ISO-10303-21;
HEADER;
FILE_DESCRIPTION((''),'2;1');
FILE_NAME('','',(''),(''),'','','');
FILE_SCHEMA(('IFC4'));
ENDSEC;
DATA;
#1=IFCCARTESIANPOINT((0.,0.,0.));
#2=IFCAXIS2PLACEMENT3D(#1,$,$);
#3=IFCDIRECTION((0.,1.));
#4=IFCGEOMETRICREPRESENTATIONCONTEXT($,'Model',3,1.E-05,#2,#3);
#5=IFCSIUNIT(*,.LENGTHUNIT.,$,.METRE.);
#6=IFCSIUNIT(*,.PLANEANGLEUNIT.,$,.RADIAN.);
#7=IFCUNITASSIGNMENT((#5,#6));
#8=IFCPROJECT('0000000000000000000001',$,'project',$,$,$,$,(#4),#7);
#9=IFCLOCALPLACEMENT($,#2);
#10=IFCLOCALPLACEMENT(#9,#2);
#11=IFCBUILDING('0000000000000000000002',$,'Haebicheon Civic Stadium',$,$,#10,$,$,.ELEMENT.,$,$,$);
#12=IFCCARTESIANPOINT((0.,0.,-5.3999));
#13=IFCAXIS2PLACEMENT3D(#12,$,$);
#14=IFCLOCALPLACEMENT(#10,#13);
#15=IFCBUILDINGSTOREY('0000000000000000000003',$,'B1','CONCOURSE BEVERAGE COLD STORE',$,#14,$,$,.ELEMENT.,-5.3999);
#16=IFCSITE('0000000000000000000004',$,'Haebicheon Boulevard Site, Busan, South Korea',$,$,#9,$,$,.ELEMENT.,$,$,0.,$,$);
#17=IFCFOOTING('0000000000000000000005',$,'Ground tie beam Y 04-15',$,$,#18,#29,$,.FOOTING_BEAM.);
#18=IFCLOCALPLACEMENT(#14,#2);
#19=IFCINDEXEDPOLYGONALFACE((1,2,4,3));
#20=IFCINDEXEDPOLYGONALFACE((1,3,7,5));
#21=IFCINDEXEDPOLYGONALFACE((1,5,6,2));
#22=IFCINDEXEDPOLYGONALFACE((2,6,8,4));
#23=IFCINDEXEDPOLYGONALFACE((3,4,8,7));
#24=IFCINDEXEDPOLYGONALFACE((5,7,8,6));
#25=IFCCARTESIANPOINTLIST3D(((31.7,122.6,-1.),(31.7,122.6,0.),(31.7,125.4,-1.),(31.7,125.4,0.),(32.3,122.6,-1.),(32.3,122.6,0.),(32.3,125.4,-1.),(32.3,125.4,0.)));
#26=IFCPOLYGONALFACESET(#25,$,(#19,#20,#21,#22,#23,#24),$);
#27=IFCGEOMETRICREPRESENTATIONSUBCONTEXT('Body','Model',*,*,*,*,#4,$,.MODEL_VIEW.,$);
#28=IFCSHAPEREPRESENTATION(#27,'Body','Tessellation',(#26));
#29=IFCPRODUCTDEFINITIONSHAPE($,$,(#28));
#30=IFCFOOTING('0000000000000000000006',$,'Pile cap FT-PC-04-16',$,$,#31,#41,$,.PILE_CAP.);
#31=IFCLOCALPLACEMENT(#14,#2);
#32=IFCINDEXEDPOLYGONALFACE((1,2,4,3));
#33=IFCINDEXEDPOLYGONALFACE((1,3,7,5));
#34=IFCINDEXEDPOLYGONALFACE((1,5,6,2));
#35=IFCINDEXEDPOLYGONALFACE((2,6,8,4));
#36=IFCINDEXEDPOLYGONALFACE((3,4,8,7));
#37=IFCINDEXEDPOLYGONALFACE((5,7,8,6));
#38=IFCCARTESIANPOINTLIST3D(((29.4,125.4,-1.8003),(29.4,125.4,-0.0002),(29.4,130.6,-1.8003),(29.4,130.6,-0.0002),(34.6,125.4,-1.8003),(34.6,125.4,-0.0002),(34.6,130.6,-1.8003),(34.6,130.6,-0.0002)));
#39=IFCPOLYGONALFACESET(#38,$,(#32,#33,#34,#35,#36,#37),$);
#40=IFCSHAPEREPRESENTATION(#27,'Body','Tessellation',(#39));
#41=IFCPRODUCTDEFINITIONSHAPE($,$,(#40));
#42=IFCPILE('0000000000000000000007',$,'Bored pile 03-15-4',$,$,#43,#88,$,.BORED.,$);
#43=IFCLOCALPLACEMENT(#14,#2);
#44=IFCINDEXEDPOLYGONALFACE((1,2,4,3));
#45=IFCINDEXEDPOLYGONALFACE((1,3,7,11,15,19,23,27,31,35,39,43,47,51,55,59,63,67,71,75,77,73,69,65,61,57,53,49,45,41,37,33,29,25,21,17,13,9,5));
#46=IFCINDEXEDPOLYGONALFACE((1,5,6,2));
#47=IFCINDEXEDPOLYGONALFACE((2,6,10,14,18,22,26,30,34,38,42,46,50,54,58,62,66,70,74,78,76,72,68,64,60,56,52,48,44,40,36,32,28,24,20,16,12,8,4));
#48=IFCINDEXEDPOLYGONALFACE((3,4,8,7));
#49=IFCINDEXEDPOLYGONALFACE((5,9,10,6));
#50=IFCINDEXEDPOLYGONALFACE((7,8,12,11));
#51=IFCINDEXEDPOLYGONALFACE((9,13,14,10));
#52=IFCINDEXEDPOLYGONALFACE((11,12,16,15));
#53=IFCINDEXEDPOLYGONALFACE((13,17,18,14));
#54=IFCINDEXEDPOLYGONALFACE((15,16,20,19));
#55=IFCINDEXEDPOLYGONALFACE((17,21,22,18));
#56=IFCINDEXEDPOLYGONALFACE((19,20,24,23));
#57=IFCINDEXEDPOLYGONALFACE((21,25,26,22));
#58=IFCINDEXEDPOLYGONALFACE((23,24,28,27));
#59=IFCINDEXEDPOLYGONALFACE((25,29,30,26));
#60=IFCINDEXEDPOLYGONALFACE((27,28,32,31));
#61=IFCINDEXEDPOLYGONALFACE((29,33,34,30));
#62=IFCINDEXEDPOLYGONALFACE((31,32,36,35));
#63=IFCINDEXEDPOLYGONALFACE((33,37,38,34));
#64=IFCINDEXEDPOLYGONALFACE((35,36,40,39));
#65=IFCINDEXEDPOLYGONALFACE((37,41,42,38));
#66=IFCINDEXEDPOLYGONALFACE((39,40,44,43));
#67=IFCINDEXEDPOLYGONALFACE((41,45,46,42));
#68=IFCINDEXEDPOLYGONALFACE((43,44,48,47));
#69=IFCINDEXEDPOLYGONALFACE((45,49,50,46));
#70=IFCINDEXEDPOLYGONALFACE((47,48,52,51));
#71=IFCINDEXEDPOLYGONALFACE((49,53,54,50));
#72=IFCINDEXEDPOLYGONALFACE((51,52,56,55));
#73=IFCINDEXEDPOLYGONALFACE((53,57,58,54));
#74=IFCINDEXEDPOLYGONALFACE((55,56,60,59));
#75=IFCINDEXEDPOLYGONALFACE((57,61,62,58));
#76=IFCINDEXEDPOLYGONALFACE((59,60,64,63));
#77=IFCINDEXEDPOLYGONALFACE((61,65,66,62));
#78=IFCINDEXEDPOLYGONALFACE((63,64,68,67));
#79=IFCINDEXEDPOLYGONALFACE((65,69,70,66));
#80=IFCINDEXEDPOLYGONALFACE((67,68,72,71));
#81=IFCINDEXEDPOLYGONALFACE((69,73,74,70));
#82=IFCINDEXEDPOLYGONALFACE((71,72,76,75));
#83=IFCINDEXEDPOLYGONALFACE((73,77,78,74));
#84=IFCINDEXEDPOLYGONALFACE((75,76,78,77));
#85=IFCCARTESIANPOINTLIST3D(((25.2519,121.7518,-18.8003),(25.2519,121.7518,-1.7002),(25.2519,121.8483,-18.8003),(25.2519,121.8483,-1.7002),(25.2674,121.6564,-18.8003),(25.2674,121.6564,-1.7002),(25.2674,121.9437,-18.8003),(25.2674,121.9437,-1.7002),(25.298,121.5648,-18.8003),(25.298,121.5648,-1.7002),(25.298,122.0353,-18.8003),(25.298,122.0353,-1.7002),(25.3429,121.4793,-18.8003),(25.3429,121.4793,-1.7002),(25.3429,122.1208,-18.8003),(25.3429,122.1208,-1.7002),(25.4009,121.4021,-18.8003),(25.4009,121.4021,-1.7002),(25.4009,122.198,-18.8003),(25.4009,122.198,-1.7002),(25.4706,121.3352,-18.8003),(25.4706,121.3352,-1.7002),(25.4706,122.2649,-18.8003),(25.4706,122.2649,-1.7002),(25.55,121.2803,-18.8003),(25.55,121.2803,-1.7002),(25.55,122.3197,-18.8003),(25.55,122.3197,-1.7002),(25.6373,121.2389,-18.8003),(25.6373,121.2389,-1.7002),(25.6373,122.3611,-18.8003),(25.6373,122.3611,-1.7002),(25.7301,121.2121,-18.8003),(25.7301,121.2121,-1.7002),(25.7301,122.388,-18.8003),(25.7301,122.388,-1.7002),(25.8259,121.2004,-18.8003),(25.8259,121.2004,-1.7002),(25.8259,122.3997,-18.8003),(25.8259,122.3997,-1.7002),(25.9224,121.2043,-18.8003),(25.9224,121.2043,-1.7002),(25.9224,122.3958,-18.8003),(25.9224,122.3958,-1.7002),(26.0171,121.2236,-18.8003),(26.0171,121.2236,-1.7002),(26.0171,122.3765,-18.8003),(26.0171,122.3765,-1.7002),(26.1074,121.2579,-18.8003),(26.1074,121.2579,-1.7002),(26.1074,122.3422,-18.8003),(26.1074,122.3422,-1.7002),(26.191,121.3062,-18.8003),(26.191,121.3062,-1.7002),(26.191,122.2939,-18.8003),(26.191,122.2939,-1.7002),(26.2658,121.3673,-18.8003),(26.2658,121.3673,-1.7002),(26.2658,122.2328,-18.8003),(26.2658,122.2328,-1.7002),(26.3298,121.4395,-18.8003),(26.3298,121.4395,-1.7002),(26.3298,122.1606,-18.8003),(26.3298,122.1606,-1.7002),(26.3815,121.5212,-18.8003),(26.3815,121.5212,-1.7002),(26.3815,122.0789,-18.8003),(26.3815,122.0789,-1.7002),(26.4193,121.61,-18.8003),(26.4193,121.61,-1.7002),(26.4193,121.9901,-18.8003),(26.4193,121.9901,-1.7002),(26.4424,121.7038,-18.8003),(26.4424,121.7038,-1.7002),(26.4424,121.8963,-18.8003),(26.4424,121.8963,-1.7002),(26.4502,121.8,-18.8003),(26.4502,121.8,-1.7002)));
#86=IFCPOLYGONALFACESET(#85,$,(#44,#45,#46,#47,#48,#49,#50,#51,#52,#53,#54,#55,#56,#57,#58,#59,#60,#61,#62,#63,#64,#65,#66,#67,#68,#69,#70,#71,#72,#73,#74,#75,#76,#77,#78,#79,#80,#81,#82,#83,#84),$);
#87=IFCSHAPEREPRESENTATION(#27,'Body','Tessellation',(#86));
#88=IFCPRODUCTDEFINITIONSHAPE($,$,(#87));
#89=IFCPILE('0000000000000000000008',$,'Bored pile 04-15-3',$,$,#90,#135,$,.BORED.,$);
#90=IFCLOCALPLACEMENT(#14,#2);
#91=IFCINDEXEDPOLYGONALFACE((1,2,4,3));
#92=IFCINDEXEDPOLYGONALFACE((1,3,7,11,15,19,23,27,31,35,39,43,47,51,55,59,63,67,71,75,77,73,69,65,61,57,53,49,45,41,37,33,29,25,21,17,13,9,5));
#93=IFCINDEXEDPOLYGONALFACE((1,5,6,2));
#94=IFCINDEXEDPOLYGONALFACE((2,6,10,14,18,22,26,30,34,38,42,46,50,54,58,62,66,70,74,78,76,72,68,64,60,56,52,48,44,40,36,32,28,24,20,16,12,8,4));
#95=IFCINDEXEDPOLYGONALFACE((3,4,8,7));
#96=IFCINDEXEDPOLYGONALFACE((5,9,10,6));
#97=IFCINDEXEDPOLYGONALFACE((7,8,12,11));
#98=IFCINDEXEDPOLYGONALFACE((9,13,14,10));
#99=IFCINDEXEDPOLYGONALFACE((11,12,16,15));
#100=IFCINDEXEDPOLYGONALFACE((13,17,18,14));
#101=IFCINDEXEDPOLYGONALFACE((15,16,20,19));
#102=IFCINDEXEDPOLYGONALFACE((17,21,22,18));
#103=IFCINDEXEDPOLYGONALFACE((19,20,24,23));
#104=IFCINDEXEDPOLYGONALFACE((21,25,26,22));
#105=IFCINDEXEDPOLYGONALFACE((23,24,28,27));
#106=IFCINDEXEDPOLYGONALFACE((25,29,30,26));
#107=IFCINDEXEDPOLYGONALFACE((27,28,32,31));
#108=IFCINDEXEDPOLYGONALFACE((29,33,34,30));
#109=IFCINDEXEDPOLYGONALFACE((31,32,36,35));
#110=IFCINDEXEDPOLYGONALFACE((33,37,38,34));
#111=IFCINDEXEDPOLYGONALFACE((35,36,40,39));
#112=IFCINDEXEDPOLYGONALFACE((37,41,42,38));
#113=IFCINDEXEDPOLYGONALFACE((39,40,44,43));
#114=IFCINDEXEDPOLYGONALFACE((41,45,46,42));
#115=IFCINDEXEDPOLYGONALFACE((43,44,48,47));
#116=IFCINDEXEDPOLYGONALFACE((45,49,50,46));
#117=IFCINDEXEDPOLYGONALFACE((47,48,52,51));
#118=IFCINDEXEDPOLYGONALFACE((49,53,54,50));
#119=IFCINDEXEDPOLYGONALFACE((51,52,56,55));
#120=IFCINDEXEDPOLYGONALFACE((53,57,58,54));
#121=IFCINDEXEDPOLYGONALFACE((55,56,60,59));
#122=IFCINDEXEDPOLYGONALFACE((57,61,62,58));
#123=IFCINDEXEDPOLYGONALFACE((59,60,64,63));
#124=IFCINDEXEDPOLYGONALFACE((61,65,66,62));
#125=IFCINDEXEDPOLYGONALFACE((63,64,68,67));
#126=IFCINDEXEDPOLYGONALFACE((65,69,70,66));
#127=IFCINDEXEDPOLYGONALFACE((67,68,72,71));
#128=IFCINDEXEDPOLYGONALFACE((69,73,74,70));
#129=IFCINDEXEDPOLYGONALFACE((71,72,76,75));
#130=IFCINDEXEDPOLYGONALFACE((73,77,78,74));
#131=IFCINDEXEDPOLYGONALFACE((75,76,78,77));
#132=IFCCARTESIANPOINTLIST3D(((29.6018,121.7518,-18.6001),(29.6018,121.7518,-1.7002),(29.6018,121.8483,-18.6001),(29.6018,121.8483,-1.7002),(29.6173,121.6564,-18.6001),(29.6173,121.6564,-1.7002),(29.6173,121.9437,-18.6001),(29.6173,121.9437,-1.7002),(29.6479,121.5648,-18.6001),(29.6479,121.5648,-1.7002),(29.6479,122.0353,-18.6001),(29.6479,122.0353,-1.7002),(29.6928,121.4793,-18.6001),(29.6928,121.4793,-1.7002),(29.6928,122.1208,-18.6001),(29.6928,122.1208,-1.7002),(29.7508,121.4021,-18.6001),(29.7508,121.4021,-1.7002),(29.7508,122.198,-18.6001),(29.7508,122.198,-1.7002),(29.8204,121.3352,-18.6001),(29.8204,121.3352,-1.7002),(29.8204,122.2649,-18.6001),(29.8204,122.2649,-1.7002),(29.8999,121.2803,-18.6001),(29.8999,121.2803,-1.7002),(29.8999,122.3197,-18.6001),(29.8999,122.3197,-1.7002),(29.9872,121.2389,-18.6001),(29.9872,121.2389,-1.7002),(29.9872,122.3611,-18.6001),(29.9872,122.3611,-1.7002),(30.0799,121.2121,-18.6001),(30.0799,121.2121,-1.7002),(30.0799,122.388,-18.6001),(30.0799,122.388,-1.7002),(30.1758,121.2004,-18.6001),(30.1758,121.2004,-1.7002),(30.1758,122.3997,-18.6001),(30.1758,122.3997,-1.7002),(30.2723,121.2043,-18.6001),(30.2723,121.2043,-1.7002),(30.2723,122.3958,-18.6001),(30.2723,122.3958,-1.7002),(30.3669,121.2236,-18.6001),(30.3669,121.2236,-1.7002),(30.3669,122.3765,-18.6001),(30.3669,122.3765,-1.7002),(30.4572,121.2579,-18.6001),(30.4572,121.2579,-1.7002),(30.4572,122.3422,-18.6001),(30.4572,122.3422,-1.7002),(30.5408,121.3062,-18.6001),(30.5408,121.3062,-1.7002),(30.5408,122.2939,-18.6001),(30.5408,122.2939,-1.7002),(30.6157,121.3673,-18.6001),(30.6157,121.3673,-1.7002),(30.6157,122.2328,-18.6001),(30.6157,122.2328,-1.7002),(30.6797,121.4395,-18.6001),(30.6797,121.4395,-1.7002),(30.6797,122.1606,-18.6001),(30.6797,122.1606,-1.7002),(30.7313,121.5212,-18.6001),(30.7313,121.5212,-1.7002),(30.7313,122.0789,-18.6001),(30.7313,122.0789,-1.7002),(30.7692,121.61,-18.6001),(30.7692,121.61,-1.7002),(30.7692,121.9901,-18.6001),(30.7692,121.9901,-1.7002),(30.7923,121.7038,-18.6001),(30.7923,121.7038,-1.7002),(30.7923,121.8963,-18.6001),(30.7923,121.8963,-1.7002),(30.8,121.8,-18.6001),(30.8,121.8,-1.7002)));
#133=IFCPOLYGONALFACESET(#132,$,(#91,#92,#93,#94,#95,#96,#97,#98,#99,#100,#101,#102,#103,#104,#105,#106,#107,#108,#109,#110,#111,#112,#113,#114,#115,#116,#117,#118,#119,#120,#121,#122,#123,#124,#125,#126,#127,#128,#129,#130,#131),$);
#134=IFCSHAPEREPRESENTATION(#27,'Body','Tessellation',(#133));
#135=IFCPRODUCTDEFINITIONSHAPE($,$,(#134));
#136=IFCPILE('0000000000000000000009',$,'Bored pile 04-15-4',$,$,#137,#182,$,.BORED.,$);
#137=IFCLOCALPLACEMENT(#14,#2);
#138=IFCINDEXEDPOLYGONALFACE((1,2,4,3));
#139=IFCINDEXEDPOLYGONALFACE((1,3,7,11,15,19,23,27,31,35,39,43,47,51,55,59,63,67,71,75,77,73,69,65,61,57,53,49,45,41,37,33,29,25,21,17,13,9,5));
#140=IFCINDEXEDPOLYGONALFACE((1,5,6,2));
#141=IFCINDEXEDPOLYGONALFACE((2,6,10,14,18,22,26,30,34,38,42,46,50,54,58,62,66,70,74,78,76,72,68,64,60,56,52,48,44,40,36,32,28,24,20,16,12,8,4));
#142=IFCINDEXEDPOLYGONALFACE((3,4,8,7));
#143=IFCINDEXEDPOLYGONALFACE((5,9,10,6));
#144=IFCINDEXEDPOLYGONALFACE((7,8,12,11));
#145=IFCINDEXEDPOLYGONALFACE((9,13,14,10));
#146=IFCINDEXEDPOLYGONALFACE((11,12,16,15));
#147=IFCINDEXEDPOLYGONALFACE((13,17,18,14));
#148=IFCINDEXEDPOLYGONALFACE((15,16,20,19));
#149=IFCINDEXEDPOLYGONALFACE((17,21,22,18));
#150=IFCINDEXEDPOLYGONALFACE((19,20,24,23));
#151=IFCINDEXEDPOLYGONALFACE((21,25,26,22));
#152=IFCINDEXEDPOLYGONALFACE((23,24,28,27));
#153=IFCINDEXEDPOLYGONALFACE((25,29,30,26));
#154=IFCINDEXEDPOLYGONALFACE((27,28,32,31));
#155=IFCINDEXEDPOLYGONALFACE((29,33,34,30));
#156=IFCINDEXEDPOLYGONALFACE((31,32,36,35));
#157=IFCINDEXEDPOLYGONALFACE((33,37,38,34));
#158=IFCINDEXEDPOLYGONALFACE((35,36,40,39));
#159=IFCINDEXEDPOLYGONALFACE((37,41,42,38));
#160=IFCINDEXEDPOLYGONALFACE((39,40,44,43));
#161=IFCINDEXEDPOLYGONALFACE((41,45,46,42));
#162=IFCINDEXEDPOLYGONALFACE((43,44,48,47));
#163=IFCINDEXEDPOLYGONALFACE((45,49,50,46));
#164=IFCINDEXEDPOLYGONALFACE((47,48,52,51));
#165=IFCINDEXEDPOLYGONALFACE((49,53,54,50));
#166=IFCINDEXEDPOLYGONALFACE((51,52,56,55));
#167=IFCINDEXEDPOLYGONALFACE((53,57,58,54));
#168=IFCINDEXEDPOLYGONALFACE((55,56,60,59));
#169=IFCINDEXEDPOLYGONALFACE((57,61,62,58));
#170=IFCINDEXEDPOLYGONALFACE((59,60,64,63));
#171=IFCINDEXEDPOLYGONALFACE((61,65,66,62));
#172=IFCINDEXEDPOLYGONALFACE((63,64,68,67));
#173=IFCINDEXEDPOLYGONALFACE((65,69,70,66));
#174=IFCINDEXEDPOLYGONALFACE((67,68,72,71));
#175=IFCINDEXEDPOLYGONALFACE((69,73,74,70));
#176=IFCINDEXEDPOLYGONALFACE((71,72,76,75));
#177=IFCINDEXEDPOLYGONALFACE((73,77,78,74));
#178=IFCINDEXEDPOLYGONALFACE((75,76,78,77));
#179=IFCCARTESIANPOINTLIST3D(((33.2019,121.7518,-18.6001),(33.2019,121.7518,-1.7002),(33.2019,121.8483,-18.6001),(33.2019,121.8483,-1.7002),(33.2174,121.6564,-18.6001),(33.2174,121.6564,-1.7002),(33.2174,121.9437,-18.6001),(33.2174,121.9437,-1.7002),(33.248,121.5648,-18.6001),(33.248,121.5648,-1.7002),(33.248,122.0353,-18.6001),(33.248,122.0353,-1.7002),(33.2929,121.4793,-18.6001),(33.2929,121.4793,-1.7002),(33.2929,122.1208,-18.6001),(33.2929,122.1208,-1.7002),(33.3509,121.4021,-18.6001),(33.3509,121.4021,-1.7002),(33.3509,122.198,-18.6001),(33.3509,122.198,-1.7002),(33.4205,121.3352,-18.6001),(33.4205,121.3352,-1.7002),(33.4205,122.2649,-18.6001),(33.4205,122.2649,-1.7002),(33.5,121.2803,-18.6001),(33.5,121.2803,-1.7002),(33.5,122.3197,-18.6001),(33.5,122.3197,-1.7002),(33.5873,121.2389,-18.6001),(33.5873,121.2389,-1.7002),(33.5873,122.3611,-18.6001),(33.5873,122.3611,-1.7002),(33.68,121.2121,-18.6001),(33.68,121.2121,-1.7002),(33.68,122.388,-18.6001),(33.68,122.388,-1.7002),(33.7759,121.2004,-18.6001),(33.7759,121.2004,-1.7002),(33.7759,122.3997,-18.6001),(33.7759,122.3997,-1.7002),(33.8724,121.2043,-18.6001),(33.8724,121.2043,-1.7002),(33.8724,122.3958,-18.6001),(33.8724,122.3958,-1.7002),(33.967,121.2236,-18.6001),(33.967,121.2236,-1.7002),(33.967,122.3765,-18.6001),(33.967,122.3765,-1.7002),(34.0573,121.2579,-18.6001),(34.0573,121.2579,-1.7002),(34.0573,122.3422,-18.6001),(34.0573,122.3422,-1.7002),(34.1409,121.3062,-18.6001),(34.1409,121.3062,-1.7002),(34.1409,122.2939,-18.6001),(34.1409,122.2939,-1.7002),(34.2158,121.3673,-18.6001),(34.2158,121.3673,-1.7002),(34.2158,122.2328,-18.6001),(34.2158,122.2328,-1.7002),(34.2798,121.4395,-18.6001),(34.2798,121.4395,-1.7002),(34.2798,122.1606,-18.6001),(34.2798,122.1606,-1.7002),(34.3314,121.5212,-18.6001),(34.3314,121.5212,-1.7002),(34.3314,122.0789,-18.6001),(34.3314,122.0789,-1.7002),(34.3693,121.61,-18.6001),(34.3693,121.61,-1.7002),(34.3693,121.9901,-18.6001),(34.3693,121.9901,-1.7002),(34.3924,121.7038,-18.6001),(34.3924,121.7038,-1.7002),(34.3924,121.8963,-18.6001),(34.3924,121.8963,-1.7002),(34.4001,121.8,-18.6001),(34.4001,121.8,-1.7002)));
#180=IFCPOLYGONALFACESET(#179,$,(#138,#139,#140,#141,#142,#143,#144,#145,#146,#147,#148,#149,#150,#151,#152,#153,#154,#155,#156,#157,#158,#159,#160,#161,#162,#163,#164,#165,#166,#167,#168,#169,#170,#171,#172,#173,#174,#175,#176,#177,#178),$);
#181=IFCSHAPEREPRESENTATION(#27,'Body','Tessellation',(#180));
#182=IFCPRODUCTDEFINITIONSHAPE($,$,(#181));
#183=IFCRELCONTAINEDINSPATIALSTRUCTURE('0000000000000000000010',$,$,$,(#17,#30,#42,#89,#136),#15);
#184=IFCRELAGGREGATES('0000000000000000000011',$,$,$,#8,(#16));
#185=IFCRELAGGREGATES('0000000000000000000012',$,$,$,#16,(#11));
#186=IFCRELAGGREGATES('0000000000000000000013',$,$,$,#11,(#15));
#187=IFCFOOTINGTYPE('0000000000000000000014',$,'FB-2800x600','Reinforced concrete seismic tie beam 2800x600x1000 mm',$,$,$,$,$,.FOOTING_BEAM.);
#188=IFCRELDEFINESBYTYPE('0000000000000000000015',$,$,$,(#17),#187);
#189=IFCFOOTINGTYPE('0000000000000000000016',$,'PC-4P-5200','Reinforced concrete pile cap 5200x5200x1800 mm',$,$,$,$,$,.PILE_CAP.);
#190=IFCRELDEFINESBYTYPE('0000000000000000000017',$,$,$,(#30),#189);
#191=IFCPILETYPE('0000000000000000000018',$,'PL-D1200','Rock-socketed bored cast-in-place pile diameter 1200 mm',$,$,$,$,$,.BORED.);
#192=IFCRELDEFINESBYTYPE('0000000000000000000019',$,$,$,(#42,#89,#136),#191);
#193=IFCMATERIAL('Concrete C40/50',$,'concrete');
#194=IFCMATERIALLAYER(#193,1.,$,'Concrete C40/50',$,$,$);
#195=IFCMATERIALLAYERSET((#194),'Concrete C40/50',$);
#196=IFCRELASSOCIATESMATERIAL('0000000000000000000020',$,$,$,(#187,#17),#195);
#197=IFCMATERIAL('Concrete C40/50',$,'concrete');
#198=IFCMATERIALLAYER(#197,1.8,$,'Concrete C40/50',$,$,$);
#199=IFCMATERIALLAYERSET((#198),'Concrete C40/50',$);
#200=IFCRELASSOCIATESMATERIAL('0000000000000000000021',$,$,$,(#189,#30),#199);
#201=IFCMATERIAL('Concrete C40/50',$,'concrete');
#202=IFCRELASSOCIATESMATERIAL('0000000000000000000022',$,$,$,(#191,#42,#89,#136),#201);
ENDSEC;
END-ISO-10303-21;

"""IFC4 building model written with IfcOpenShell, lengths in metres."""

from ifc_helpers import new_model, si_unit, direction, frame, origin, origin_2d, place, context, subcontext, project, spatial, rectangle, circle, extrude, material, layer, layer_set, material_profile, profile_set, type_object, element, save


model = new_model("IFC4")

# Units and contexts
model_context = context("Model", 3, precision=1e-05, world=origin(), true_north=direction((0.0, 1.0)))
body_context = subcontext(model_context, "Body", "Model", "MODEL_VIEW")
ifc_project = project(units=[si_unit("LENGTHUNIT", "METRE"), si_unit("PLANEANGLEUNIT", "RADIAN")], contexts=[model_context])

# Site, building, storey
site_placement = place(None, origin())
site = spatial("IfcSite", under=ifc_project, at=site_placement, Name="Haebicheon Boulevard Site, Busan, South Korea", CompositionType="ELEMENT", RefElevation=0.0)
building_placement = place(site_placement, origin())
building = spatial("IfcBuilding", under=site, at=building_placement, Name="Haebicheon Civic Stadium", CompositionType="ELEMENT")
storey_placement = place(building_placement, frame((0.0, 0.0, -5.3999)))
storey = spatial("IfcBuildingStorey", under=building, at=storey_placement, Name="B1", Description="CONCOURSE BEVERAGE COLD STORE", CompositionType="ELEMENT", Elevation=-5.3999)

# Footings
ifc_material_1 = material(Name="Concrete C40/50", Category="concrete")
ifc_layer_1 = layer(ifc_material_1, 1.0, Name="Concrete C40/50")
ifc_layer_set_1 = layer_set([ifc_layer_1], Name="Concrete C40/50")
footing_type_1 = type_object("IfcFootingType", Name="FB-2800x600", Description="Reinforced concrete seismic tie beam 2800x600x1000 mm", PredefinedType="FOOTING_BEAM", material=ifc_layer_set_1)
footing_1_placement = place(storey_placement, frame((32.0, 124.0, -1.0), z_axis=(0.0, 0.0, 1.0), x_axis=(0.0, 1.0, 0.0)))
element("IfcFooting", 1, at=footing_1_placement, inside=storey, type_object=footing_type_1, material=ifc_layer_set_1, Name="Ground tie beam Y 04-15", PredefinedType="FOOTING_BEAM", context=body_context, shape_type="SweptSolid", body=[
    extrude(rectangle(XDim=2.8, YDim=0.6001, at=origin_2d()), origin(), (0.0, 0.0, 1.0), 1.0),
])
ifc_material_2 = material(Name="Concrete C40/50", Category="concrete")
ifc_layer_2 = layer(ifc_material_2, 1.8, Name="Concrete C40/50")
ifc_layer_set_2 = layer_set([ifc_layer_2], Name="Concrete C40/50")
footing_type_2 = type_object("IfcFootingType", Name="PC-4P-5200", Description="Reinforced concrete pile cap 5200x5200x1800 mm", PredefinedType="PILE_CAP", material=ifc_layer_set_2)
footing_2_placement = place(storey_placement, frame((32.0, 128.0, -1.8003), z_axis=(0.0, 0.0, 1.0), x_axis=(1.0, 0.0, 0.0)))
element("IfcFooting", 2, at=footing_2_placement, inside=storey, type_object=footing_type_2, material=ifc_layer_set_2, Name="Pile cap FT-PC-04-16", PredefinedType="PILE_CAP", context=body_context, shape_type="SweptSolid", body=[
    extrude(rectangle(XDim=5.2, YDim=5.2, at=origin_2d()), origin(), (0.0, 0.0, 1.0), 1.8),
])

# Piles
ifc_material_3 = material(Name="Concrete C40/50", Category="concrete")
ifc_material_profile_1 = material_profile(ifc_material_3, circle(Radius=0.6001, at=origin_2d()), Name="PILE-D1200")
ifc_profile_set_1 = profile_set([ifc_material_profile_1], Name="Concrete C40/50")
pile_type = type_object("IfcPileType", Name="PL-D1200", Description="Rock-socketed bored cast-in-place pile diameter 1200 mm", PredefinedType="BORED", material=ifc_profile_set_1)
pile_placement = place(storey_placement, frame((25.8501, 121.8, -1.7002), z_axis=(0.0, 0.0, -1.0), x_axis=(1.0, 0.0, 0.0)))
element("IfcPile", 3, at=pile_placement, inside=storey, type_object=pile_type, material=ifc_profile_set_1, Name="Bored pile 03-15-4", PredefinedType="BORED", context=body_context, shape_type="SweptSolid", body=[
    extrude(circle(Radius=0.6001, at=origin_2d()), origin(), (0.0, 0.0, 1.0), 17.1001),
])
for number, where, z_axis, x_axis, name in (
    (4, (30.2, 121.8, -1.7002), (0.0, 0.0, -1.0), (1.0, 0.0, 0.0), "Bored pile 04-15-3"),
    (5, (33.8, 121.8, -1.7002), (0.0, 0.0, -1.0), (1.0, 0.0, 0.0), "Bored pile 04-15-4"),
):
    element("IfcPile", number, at=place(storey_placement, frame(where, z_axis=z_axis, x_axis=x_axis)), inside=storey, type_object=pile_type, material=ifc_profile_set_1, Name=name, PredefinedType="BORED", context=body_context, shape_type="SweptSolid", body=[
        extrude(circle(Radius=0.6001, at=origin_2d()), origin(), (0.0, 0.0, 1.0), 16.8999),
    ])

save(model, "model.ifc")
